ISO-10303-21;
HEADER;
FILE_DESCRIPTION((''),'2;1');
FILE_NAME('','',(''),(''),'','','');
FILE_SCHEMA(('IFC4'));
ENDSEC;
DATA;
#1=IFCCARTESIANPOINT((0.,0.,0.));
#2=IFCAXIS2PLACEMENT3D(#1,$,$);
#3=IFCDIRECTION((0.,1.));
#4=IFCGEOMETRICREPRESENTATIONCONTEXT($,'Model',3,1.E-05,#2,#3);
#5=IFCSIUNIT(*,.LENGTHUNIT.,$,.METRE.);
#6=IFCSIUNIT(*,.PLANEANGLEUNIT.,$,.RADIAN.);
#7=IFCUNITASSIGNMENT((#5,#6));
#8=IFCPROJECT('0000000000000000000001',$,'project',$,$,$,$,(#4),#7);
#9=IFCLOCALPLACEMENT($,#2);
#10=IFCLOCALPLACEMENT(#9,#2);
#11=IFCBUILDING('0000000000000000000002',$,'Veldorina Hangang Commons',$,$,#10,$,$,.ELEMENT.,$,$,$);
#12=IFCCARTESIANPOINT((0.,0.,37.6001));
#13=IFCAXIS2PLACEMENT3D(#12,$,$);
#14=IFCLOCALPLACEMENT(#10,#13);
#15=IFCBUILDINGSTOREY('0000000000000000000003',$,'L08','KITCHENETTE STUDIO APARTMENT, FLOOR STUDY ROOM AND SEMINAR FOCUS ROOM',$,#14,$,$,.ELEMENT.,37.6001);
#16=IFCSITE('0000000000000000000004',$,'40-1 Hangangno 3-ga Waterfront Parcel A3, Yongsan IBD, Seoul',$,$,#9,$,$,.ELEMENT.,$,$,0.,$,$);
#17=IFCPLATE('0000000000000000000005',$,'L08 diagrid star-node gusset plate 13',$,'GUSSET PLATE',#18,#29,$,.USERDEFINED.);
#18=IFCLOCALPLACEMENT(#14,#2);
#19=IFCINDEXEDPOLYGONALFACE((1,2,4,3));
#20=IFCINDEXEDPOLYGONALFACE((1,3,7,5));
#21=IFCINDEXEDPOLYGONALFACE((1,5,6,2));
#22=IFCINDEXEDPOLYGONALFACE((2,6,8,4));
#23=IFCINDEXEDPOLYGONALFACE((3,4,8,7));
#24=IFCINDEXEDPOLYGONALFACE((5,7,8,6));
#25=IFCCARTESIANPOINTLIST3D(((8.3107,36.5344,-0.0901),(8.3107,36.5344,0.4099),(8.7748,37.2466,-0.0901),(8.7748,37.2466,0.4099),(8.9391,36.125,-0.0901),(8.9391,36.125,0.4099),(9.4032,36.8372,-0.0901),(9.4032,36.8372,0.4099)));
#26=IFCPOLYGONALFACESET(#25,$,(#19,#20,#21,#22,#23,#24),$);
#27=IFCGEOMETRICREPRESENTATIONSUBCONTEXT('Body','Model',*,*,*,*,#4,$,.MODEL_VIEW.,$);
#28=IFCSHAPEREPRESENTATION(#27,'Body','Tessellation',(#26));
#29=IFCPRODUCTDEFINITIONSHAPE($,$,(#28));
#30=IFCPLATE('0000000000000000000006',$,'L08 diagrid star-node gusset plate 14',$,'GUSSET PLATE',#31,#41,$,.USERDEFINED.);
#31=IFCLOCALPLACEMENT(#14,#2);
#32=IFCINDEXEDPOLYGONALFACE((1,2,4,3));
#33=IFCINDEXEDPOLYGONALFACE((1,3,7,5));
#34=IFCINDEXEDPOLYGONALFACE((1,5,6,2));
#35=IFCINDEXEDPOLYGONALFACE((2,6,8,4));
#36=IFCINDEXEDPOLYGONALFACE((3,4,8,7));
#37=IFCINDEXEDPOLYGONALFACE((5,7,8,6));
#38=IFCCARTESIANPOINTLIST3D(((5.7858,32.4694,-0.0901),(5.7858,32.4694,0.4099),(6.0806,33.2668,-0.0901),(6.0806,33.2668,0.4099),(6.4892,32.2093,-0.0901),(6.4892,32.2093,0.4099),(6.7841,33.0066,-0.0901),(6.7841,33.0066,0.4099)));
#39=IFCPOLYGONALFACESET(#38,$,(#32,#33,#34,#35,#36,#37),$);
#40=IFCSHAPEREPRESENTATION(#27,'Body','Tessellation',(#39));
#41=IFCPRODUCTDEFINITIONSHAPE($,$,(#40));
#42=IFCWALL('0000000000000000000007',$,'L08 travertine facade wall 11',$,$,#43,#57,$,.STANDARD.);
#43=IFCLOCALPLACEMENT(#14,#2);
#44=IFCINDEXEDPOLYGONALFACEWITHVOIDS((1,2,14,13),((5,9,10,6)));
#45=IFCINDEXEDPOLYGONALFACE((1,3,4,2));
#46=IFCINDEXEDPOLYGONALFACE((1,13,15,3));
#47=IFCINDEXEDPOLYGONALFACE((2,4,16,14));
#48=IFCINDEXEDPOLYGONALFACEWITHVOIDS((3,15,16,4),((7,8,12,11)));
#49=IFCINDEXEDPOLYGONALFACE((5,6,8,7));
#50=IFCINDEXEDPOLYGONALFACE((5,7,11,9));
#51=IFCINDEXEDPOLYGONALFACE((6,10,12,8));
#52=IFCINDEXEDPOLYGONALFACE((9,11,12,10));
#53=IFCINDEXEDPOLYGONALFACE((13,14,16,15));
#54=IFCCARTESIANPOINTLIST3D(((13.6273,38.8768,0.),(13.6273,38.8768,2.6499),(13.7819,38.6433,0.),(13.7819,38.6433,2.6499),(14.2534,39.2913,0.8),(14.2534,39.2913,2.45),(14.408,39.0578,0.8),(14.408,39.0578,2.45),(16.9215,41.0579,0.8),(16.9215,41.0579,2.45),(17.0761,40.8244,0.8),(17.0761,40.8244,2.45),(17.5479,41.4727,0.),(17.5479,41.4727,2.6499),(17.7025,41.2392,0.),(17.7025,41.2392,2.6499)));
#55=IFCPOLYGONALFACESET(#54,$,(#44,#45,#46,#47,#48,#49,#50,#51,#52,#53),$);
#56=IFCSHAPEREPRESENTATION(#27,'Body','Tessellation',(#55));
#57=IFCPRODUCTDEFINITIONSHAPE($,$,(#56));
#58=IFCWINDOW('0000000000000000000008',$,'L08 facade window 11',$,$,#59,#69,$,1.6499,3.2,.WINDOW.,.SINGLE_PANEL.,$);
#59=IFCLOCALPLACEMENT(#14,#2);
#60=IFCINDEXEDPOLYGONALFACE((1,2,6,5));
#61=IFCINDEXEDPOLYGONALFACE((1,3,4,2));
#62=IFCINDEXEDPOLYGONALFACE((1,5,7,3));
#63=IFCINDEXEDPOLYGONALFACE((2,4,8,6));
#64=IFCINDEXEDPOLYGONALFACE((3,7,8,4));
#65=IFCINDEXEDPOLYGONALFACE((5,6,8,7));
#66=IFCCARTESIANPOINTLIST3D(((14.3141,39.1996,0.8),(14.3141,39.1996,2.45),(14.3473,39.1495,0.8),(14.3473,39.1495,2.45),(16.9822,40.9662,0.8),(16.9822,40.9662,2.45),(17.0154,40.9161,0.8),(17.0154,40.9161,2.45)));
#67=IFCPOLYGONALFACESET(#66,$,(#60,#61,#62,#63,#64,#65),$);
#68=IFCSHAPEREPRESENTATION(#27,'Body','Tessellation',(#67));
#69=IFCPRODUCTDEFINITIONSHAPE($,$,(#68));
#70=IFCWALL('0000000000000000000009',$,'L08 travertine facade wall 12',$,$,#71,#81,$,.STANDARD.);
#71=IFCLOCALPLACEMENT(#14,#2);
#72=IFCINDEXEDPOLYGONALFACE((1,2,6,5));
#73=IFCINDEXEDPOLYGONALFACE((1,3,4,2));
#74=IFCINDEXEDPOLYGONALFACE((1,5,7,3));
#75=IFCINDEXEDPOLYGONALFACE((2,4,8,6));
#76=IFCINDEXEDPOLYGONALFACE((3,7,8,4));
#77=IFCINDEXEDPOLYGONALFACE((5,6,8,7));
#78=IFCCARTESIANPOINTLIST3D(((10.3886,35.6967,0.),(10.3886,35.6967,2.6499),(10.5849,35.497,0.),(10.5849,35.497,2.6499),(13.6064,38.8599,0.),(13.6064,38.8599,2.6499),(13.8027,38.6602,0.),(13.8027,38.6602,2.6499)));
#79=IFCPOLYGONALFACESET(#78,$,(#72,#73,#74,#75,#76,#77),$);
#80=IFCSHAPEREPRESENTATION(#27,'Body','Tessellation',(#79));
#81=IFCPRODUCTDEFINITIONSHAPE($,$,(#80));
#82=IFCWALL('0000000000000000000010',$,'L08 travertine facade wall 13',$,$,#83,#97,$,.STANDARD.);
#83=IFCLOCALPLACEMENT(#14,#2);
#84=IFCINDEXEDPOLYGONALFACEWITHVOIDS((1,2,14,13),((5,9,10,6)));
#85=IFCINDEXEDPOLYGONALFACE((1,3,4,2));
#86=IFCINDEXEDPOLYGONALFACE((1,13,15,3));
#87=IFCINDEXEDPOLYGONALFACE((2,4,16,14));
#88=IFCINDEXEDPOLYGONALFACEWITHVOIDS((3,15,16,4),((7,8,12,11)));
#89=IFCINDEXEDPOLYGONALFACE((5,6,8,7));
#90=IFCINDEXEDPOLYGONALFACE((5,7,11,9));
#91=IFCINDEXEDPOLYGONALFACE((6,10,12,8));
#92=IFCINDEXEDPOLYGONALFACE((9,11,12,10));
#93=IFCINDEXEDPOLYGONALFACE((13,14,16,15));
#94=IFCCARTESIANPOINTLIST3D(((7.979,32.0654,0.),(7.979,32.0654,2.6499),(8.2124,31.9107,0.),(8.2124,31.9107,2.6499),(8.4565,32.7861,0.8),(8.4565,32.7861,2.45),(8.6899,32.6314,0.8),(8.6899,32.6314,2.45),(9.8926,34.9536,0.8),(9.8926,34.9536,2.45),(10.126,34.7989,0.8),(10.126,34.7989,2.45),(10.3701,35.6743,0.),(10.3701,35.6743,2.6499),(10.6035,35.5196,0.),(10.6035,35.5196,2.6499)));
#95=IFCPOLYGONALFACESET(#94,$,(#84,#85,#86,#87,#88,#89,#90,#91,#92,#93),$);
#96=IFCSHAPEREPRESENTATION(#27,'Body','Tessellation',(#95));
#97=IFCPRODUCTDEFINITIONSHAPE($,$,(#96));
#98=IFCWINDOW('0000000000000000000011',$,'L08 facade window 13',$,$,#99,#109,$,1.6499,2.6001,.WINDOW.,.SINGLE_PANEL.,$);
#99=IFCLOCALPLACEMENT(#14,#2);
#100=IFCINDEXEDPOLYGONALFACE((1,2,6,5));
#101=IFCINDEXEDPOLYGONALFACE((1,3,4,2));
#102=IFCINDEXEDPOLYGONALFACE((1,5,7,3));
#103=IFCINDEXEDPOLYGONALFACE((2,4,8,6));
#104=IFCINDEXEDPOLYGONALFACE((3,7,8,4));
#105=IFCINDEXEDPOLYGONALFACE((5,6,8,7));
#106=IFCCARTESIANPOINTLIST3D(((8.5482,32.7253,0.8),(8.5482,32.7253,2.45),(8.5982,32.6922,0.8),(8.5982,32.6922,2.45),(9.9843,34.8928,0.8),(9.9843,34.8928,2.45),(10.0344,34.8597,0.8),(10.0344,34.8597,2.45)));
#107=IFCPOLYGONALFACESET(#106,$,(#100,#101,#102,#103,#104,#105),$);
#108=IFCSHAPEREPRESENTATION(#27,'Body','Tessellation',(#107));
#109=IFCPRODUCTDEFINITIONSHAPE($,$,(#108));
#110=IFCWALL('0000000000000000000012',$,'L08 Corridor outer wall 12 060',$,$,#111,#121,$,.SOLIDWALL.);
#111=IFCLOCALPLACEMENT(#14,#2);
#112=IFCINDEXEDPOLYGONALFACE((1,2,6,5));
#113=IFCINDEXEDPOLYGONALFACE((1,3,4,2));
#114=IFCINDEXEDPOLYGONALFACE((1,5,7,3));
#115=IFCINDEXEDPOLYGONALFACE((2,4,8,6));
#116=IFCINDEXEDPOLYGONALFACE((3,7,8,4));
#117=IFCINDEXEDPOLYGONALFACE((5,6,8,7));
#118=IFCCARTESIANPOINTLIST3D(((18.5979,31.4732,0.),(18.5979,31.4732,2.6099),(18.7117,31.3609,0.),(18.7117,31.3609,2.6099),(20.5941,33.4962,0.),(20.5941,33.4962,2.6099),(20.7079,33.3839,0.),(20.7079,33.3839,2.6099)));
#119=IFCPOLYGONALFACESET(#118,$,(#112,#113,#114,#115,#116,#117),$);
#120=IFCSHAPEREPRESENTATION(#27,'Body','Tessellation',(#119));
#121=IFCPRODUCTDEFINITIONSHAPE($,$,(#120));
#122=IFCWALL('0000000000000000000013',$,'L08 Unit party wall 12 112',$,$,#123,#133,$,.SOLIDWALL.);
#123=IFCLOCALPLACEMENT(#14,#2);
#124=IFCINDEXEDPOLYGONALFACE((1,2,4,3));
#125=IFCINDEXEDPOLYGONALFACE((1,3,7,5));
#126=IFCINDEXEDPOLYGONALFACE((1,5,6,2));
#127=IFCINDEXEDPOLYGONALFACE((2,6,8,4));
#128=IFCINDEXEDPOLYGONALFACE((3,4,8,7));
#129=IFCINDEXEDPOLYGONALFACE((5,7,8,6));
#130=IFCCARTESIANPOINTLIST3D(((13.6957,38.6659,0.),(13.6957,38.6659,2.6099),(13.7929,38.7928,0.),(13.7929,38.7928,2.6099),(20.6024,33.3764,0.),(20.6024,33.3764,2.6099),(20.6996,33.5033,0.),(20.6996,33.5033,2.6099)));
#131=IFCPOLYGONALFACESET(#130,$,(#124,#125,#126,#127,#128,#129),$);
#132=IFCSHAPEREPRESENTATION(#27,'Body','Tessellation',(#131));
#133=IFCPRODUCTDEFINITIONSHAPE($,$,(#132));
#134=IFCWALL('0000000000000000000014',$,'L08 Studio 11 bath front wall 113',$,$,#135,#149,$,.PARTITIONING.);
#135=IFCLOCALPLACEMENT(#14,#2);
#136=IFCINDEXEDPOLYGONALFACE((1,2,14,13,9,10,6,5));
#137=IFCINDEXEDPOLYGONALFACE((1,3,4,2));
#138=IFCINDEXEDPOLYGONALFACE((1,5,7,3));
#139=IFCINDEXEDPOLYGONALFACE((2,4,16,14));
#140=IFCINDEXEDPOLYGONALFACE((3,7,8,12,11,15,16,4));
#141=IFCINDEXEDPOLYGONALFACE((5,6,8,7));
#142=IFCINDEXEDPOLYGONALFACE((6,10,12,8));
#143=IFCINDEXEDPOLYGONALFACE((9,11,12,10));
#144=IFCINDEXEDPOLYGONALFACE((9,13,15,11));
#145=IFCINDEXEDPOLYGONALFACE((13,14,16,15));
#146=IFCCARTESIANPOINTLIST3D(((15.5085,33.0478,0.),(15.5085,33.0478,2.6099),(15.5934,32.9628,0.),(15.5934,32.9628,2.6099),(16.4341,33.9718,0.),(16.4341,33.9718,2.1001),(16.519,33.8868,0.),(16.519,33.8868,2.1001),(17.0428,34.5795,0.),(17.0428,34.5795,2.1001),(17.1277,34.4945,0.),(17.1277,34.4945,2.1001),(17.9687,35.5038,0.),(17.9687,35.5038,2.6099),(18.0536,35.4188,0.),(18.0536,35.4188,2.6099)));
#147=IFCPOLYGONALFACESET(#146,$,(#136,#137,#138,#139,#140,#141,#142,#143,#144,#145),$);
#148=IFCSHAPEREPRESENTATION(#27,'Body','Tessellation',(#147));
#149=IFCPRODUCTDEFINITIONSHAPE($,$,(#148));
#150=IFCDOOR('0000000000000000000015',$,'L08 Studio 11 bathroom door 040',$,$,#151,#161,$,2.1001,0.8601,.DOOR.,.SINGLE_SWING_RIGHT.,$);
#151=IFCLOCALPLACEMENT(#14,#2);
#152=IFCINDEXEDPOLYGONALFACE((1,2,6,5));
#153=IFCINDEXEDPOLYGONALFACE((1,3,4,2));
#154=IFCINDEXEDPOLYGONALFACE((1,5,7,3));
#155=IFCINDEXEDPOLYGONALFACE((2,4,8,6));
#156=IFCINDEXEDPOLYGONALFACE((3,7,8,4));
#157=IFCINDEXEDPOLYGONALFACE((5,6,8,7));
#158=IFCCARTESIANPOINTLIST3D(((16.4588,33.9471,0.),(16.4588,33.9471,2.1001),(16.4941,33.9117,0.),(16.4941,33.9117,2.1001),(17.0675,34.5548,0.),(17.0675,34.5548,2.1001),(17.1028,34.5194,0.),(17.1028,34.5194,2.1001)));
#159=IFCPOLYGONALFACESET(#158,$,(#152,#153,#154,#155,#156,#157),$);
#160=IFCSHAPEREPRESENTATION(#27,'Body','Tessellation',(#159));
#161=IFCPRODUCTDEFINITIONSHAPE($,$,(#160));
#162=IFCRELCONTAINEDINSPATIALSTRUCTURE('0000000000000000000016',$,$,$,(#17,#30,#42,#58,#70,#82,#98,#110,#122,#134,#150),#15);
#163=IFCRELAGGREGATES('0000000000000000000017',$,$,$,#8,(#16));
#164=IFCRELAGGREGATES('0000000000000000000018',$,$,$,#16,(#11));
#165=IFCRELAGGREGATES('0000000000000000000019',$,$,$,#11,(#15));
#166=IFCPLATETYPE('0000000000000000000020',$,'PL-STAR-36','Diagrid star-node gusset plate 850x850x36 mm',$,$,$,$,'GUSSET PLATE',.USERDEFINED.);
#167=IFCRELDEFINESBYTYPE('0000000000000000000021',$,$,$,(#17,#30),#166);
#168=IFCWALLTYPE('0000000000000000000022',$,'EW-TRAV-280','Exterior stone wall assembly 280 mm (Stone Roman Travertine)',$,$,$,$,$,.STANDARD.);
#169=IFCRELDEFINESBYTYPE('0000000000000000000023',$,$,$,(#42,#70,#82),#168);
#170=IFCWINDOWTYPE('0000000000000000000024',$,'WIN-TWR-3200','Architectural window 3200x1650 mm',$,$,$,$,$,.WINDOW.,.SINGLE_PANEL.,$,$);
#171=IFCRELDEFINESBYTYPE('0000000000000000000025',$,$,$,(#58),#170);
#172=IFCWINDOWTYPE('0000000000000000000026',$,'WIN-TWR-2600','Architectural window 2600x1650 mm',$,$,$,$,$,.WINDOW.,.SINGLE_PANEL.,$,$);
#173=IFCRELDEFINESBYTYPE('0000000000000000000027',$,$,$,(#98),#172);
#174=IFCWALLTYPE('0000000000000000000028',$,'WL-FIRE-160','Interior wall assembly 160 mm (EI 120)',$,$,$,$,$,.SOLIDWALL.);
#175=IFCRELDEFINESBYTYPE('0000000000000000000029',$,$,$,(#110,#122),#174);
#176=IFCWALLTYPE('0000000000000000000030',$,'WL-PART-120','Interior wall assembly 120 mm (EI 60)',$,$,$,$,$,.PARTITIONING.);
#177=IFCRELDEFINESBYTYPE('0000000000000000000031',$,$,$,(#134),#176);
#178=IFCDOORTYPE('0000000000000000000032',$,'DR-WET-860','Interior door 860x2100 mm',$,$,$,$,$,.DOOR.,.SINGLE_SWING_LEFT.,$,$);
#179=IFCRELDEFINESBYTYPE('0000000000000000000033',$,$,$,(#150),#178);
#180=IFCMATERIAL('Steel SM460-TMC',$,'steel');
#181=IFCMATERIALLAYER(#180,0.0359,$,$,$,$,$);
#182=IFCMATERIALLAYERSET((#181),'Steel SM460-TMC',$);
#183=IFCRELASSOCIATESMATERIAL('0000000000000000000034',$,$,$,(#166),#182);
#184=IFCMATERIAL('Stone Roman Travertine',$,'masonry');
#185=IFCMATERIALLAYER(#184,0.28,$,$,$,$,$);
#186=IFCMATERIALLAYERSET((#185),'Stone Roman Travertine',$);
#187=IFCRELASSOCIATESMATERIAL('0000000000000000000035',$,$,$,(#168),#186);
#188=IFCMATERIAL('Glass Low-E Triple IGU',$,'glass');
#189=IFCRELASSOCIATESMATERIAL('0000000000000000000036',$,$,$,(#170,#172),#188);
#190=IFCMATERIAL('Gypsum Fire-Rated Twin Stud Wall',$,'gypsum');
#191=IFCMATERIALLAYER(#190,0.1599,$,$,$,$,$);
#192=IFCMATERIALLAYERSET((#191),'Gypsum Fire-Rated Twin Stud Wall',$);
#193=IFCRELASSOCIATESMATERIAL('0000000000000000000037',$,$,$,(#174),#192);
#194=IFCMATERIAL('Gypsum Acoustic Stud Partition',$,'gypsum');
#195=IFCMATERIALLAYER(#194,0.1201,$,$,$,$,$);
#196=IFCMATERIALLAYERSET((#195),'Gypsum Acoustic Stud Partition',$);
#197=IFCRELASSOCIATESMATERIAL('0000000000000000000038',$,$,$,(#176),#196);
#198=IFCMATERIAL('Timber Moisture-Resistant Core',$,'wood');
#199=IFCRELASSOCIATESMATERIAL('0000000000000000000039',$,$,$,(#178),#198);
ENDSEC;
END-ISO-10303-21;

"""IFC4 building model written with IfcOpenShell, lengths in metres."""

from ifc_helpers import new_model, si_unit, direction, frame, frame_2d, origin, origin_2d, place, context, subcontext, project, spatial, rectangle, extrude, material, layer, layer_set, type_object, element, fill, save


model = new_model("IFC4")

# Units and contexts
model_context = context("Model", 3, precision=1e-05, world=origin(), true_north=direction((0.0, 1.0)))
body_context = subcontext(model_context, "Body", "Model", "MODEL_VIEW")
ifc_project = project(units=[si_unit("LENGTHUNIT", "METRE"), si_unit("PLANEANGLEUNIT", "RADIAN")], contexts=[model_context])

# Site, building, storey
site_placement = place(None, origin())
site = spatial("IfcSite", under=ifc_project, at=site_placement, Name="40-1 Hangangno 3-ga Waterfront Parcel A3, Yongsan IBD, Seoul", CompositionType="ELEMENT", RefElevation=0.0)
building_placement = place(site_placement, origin())
building = spatial("IfcBuilding", under=site, at=building_placement, Name="Veldorina Hangang Commons", CompositionType="ELEMENT")
storey_placement = place(building_placement, frame((0.0, 0.0, 37.6001)))
storey = spatial("IfcBuildingStorey", under=building, at=storey_placement, Name="L08", Description="KITCHENETTE STUDIO APARTMENT, FLOOR STUDY ROOM AND SEMINAR FOCUS ROOM", CompositionType="ELEMENT", Elevation=37.6001)

# Shared definitions
ifc_material_1 = material(Name="Steel SM460-TMC", Category="steel")

# Plates
ifc_layer_1 = layer(ifc_material_1, 0.0359)
ifc_layer_set_1 = layer_set([ifc_layer_1], Name="Steel SM460-TMC")
plate_type = type_object("IfcPlateType", Name="PL-STAR-36", Description="Diagrid star-node gusset plate 850x850x36 mm", ElementType="GUSSET PLATE", PredefinedType="USERDEFINED", material=ifc_layer_set_1)
for number, where, z_axis, x_axis, name in (
    (1, (8.8569, 36.6858, -0.0901), (0.0, 0.0, 1.0), (-0.545897, -0.837852, 0.0), "L08 diagrid star-node gusset plate 13"),
    (2, (6.2849, 32.738, -0.0901), (0.0, 0.0, 1.0), (-0.346821, -0.937931, 0.0), "L08 diagrid star-node gusset plate 14"),
):
    element("IfcPlate", number, at=place(storey_placement, frame(where, z_axis=z_axis, x_axis=x_axis)), inside=storey, type_object=plate_type, Name=name, ObjectType="GUSSET PLATE", PredefinedType="USERDEFINED", context=body_context, shape_type="SweptSolid", body=[
        extrude(rectangle(XDim=0.8501, YDim=0.75, at=origin_2d()), origin(), (0.0, 0.0, 1.0), 0.5),
    ])

# Wall, opening, window
ifc_material_2 = material(Name="Stone Roman Travertine", Category="masonry")
ifc_layer_2 = layer(ifc_material_2, 0.28)
ifc_layer_set_2 = layer_set([ifc_layer_2], Name="Stone Roman Travertine")
wall_type_1 = type_object("IfcWallType", Name="EW-TRAV-280", Description="Exterior stone wall assembly 280 mm (Stone Roman Travertine)", PredefinedType="STANDARD", material=ifc_layer_set_2)
wall_1_placement = place(storey_placement, frame((17.6252, 41.356, 0.0), z_axis=(0.0, 0.0, 1.0), x_axis=(-0.833795, -0.552073, 0.0)))
wall_1 = element("IfcWall", 3, at=wall_1_placement, inside=storey, type_object=wall_type_1, Name="L08 travertine facade wall 11", PredefinedType="STANDARD", context=body_context, shape_type="SweptSolid", body=[
    extrude(rectangle(XDim=4.7021, YDim=0.28, at=frame_2d((2.3511, 0.0))), origin(), (0.0, 0.0, 1.0), 2.6499),
])
opening_1_placement = place(wall_1_placement, frame((0.7512, 0.0, 0.8)))
opening_1 = element("IfcOpeningElement", 4, at=opening_1_placement, cuts=wall_1, PredefinedType="OPENING", context=body_context, shape_type="SweptSolid", body=[
    extrude(rectangle(XDim=3.2, YDim=1.6499, at=frame_2d((1.6001, 0.825))), frame((0.0, 0.1499, 0.0), z_axis=(0.0, -1.0, 0.0), x_axis=(1.0, 0.0, 0.0)), (0.0, 0.0, 1.0), 0.3),
])
ifc_material_3 = material(Name="Glass Low-E Triple IGU", Category="glass")
window_type_1 = type_object("IfcWindowType", Name="WIN-TWR-3200", Description="Architectural window 3200x1650 mm", PartitioningType="SINGLE_PANEL", PredefinedType="WINDOW", material=ifc_material_3)
window_1_placement = place(opening_1_placement, origin())
window_1 = element("IfcWindow", 5, at=window_1_placement, inside=storey, type_object=window_type_1, Name="L08 facade window 11", OverallHeight=1.6499, OverallWidth=3.2, PartitioningType="SINGLE_PANEL", PredefinedType="WINDOW", context=body_context, shape_type="SweptSolid", body=[
    extrude(rectangle(XDim=3.2, YDim=1.6499, at=frame_2d((1.6001, 0.825))), frame((0.0, 0.03, 0.0), z_axis=(0.0, -1.0, 0.0), x_axis=(1.0, 0.0, 0.0)), (0.0, 0.0, 1.0), 0.0601),
])
fill(opening_1, window_1)

# Wall
wall_2_placement = place(storey_placement, frame((13.7046, 38.76, 0.0), z_axis=(0.0, 0.0, 1.0), x_axis=(-0.713141, -0.701021, 0.0)))
element("IfcWall", 6, at=wall_2_placement, inside=storey, type_object=wall_type_1, Name="L08 travertine facade wall 12", PredefinedType="STANDARD", context=body_context, shape_type="SweptSolid", body=[
    extrude(rectangle(XDim=4.5122, YDim=0.28, at=frame_2d((2.2561, 0.0))), origin(), (0.0, 0.0, 1.0), 2.6499),
])

# Wall, opening, window
wall_3_placement = place(storey_placement, frame((10.4868, 35.5969, 0.0), z_axis=(0.0, 0.0, 1.0), x_axis=(-0.552329, -0.833626, 0.0)))
wall_3 = element("IfcWall", 7, at=wall_3_placement, inside=storey, type_object=wall_type_1, Name="L08 travertine facade wall 13", PredefinedType="STANDARD", context=body_context, shape_type="SweptSolid", body=[
    extrude(rectangle(XDim=4.3291, YDim=0.28, at=frame_2d((2.1646, 0.0))), origin(), (0.0, 0.0, 1.0), 2.6499),
])
opening_2_placement = place(wall_3_placement, frame((0.8645, 0.0, 0.8)))
opening_2 = element("IfcOpeningElement", 8, at=opening_2_placement, cuts=wall_3, PredefinedType="OPENING", context=body_context, shape_type="SweptSolid", body=[
    extrude(rectangle(XDim=2.6001, YDim=1.6499, at=frame_2d((1.3, 0.825))), frame((0.0, 0.1499, 0.0), z_axis=(0.0, -1.0, 0.0), x_axis=(1.0, 0.0, 0.0)), (0.0, 0.0, 1.0), 0.3),
])
window_type_2 = type_object("IfcWindowType", Name="WIN-TWR-2600", Description="Architectural window 2600x1650 mm", PartitioningType="SINGLE_PANEL", PredefinedType="WINDOW", material=ifc_material_3)
window_2_placement = place(opening_2_placement, origin())
window_2 = element("IfcWindow", 9, at=window_2_placement, inside=storey, type_object=window_type_2, Name="L08 facade window 13", OverallHeight=1.6499, OverallWidth=2.6001, PartitioningType="SINGLE_PANEL", PredefinedType="WINDOW", context=body_context, shape_type="SweptSolid", body=[
    extrude(rectangle(XDim=2.6001, YDim=1.6499, at=frame_2d((1.3, 0.825))), frame((0.0, 0.03, 0.0), z_axis=(0.0, -1.0, 0.0), x_axis=(1.0, 0.0, 0.0)), (0.0, 0.0, 1.0), 0.0601),
])
fill(opening_2, window_2)

# Walls
ifc_material_4 = material(Name="Gypsum Fire-Rated Twin Stud Wall", Category="gypsum")
ifc_layer_3 = layer(ifc_material_4, 0.1599)
ifc_layer_set_3 = layer_set([ifc_layer_3], Name="Gypsum Fire-Rated Twin Stud Wall")
wall_type_2 = type_object("IfcWallType", Name="WL-FIRE-160", Description="Interior wall assembly 160 mm (EI 120)", PredefinedType="SOLIDWALL", material=ifc_layer_set_3)
wall_4_placement = place(storey_placement, frame((20.6509, 33.4399, 0.0), z_axis=(0.0, 0.0, 1.0), x_axis=(-0.702366, -0.711816, 0.0)))
element("IfcWall", 10, at=wall_4_placement, inside=storey, type_object=wall_type_2, Name="L08 Corridor outer wall 12 060", PredefinedType="SOLIDWALL", context=body_context, shape_type="SweptSolid", body=[
    extrude(rectangle(XDim=2.842, YDim=0.1599, at=frame_2d((1.4209, 0.0))), origin(), (0.0, 0.0, 1.0), 2.6099),
])
wall_5_placement = place(storey_placement, frame((20.6509, 33.4399, 0.0), z_axis=(0.0, 0.0, 1.0), x_axis=(-0.793918, 0.608025, 0.0)))
element("IfcWall", 11, at=wall_5_placement, inside=storey, type_object=wall_type_2, Name="L08 Unit party wall 12 112", PredefinedType="SOLIDWALL", context=body_context, shape_type="SweptSolid", body=[
    extrude(rectangle(XDim=8.6995, YDim=0.1599, at=frame_2d((4.3496, 0.0))), origin(), (0.0, 0.0, 1.0), 2.6099),
])

# Wall, opening, door
ifc_material_5 = material(Name="Gypsum Acoustic Stud Partition", Category="gypsum")
ifc_layer_4 = layer(ifc_material_5, 0.1201)
ifc_layer_set_4 = layer_set([ifc_layer_4], Name="Gypsum Acoustic Stud Partition")
wall_type_3 = type_object("IfcWallType", Name="WL-PART-120", Description="Interior wall assembly 120 mm (EI 60)", PredefinedType="PARTITIONING", material=ifc_layer_set_4)
wall_6_placement = place(storey_placement, frame((18.0112, 35.4614, 0.0), z_axis=(0.0, 0.0, 1.0), x_axis=(-0.707703, -0.70651, 0.0)))
wall_6 = element("IfcWall", 12, at=wall_6_placement, inside=storey, type_object=wall_type_3, Name="L08 Studio 11 bath front wall 113", PredefinedType="PARTITIONING", context=body_context, shape_type="SweptSolid", body=[
    extrude(rectangle(XDim=3.4763, YDim=0.1201, at=frame_2d((1.7383, 0.0))), origin(), (0.0, 0.0, 1.0), 2.6099),
])
opening_3_placement = place(wall_6_placement, frame((1.3083, 0.0, 0.0)))
opening_3 = element("IfcOpeningElement", 13, at=opening_3_placement, cuts=wall_6, PredefinedType="OPENING", context=body_context, shape_type="SweptSolid", body=[
    extrude(rectangle(XDim=0.8601, YDim=2.1001, at=frame_2d((0.4302, 1.05))), frame((0.0, 0.0701, 0.0), z_axis=(0.0, -1.0, 0.0), x_axis=(1.0, 0.0, 0.0)), (0.0, 0.0, 1.0), 0.1401),
])
ifc_material_6 = material(Name="Timber Moisture-Resistant Core", Category="wood")
door_type = type_object("IfcDoorType", Name="DR-WET-860", Description="Interior door 860x2100 mm", OperationType="SINGLE_SWING_LEFT", PredefinedType="DOOR", material=ifc_material_6)
door_placement = place(opening_3_placement, origin())
door = element("IfcDoor", 14, at=door_placement, inside=storey, type_object=door_type, Name="L08 Studio 11 bathroom door 040", OperationType="SINGLE_SWING_RIGHT", OverallHeight=2.1001, OverallWidth=0.8601, PredefinedType="DOOR", context=body_context, shape_type="SweptSolid", body=[
    extrude(rectangle(XDim=0.8601, YDim=2.1001, at=frame_2d((0.4302, 1.05))), frame((0.0, 0.0249, 0.0), z_axis=(0.0, -1.0, 0.0), x_axis=(1.0, 0.0, 0.0)), (0.0, 0.0, 1.0), 0.05),
])
fill(opening_3, door)

save(model, "model.ifc")
